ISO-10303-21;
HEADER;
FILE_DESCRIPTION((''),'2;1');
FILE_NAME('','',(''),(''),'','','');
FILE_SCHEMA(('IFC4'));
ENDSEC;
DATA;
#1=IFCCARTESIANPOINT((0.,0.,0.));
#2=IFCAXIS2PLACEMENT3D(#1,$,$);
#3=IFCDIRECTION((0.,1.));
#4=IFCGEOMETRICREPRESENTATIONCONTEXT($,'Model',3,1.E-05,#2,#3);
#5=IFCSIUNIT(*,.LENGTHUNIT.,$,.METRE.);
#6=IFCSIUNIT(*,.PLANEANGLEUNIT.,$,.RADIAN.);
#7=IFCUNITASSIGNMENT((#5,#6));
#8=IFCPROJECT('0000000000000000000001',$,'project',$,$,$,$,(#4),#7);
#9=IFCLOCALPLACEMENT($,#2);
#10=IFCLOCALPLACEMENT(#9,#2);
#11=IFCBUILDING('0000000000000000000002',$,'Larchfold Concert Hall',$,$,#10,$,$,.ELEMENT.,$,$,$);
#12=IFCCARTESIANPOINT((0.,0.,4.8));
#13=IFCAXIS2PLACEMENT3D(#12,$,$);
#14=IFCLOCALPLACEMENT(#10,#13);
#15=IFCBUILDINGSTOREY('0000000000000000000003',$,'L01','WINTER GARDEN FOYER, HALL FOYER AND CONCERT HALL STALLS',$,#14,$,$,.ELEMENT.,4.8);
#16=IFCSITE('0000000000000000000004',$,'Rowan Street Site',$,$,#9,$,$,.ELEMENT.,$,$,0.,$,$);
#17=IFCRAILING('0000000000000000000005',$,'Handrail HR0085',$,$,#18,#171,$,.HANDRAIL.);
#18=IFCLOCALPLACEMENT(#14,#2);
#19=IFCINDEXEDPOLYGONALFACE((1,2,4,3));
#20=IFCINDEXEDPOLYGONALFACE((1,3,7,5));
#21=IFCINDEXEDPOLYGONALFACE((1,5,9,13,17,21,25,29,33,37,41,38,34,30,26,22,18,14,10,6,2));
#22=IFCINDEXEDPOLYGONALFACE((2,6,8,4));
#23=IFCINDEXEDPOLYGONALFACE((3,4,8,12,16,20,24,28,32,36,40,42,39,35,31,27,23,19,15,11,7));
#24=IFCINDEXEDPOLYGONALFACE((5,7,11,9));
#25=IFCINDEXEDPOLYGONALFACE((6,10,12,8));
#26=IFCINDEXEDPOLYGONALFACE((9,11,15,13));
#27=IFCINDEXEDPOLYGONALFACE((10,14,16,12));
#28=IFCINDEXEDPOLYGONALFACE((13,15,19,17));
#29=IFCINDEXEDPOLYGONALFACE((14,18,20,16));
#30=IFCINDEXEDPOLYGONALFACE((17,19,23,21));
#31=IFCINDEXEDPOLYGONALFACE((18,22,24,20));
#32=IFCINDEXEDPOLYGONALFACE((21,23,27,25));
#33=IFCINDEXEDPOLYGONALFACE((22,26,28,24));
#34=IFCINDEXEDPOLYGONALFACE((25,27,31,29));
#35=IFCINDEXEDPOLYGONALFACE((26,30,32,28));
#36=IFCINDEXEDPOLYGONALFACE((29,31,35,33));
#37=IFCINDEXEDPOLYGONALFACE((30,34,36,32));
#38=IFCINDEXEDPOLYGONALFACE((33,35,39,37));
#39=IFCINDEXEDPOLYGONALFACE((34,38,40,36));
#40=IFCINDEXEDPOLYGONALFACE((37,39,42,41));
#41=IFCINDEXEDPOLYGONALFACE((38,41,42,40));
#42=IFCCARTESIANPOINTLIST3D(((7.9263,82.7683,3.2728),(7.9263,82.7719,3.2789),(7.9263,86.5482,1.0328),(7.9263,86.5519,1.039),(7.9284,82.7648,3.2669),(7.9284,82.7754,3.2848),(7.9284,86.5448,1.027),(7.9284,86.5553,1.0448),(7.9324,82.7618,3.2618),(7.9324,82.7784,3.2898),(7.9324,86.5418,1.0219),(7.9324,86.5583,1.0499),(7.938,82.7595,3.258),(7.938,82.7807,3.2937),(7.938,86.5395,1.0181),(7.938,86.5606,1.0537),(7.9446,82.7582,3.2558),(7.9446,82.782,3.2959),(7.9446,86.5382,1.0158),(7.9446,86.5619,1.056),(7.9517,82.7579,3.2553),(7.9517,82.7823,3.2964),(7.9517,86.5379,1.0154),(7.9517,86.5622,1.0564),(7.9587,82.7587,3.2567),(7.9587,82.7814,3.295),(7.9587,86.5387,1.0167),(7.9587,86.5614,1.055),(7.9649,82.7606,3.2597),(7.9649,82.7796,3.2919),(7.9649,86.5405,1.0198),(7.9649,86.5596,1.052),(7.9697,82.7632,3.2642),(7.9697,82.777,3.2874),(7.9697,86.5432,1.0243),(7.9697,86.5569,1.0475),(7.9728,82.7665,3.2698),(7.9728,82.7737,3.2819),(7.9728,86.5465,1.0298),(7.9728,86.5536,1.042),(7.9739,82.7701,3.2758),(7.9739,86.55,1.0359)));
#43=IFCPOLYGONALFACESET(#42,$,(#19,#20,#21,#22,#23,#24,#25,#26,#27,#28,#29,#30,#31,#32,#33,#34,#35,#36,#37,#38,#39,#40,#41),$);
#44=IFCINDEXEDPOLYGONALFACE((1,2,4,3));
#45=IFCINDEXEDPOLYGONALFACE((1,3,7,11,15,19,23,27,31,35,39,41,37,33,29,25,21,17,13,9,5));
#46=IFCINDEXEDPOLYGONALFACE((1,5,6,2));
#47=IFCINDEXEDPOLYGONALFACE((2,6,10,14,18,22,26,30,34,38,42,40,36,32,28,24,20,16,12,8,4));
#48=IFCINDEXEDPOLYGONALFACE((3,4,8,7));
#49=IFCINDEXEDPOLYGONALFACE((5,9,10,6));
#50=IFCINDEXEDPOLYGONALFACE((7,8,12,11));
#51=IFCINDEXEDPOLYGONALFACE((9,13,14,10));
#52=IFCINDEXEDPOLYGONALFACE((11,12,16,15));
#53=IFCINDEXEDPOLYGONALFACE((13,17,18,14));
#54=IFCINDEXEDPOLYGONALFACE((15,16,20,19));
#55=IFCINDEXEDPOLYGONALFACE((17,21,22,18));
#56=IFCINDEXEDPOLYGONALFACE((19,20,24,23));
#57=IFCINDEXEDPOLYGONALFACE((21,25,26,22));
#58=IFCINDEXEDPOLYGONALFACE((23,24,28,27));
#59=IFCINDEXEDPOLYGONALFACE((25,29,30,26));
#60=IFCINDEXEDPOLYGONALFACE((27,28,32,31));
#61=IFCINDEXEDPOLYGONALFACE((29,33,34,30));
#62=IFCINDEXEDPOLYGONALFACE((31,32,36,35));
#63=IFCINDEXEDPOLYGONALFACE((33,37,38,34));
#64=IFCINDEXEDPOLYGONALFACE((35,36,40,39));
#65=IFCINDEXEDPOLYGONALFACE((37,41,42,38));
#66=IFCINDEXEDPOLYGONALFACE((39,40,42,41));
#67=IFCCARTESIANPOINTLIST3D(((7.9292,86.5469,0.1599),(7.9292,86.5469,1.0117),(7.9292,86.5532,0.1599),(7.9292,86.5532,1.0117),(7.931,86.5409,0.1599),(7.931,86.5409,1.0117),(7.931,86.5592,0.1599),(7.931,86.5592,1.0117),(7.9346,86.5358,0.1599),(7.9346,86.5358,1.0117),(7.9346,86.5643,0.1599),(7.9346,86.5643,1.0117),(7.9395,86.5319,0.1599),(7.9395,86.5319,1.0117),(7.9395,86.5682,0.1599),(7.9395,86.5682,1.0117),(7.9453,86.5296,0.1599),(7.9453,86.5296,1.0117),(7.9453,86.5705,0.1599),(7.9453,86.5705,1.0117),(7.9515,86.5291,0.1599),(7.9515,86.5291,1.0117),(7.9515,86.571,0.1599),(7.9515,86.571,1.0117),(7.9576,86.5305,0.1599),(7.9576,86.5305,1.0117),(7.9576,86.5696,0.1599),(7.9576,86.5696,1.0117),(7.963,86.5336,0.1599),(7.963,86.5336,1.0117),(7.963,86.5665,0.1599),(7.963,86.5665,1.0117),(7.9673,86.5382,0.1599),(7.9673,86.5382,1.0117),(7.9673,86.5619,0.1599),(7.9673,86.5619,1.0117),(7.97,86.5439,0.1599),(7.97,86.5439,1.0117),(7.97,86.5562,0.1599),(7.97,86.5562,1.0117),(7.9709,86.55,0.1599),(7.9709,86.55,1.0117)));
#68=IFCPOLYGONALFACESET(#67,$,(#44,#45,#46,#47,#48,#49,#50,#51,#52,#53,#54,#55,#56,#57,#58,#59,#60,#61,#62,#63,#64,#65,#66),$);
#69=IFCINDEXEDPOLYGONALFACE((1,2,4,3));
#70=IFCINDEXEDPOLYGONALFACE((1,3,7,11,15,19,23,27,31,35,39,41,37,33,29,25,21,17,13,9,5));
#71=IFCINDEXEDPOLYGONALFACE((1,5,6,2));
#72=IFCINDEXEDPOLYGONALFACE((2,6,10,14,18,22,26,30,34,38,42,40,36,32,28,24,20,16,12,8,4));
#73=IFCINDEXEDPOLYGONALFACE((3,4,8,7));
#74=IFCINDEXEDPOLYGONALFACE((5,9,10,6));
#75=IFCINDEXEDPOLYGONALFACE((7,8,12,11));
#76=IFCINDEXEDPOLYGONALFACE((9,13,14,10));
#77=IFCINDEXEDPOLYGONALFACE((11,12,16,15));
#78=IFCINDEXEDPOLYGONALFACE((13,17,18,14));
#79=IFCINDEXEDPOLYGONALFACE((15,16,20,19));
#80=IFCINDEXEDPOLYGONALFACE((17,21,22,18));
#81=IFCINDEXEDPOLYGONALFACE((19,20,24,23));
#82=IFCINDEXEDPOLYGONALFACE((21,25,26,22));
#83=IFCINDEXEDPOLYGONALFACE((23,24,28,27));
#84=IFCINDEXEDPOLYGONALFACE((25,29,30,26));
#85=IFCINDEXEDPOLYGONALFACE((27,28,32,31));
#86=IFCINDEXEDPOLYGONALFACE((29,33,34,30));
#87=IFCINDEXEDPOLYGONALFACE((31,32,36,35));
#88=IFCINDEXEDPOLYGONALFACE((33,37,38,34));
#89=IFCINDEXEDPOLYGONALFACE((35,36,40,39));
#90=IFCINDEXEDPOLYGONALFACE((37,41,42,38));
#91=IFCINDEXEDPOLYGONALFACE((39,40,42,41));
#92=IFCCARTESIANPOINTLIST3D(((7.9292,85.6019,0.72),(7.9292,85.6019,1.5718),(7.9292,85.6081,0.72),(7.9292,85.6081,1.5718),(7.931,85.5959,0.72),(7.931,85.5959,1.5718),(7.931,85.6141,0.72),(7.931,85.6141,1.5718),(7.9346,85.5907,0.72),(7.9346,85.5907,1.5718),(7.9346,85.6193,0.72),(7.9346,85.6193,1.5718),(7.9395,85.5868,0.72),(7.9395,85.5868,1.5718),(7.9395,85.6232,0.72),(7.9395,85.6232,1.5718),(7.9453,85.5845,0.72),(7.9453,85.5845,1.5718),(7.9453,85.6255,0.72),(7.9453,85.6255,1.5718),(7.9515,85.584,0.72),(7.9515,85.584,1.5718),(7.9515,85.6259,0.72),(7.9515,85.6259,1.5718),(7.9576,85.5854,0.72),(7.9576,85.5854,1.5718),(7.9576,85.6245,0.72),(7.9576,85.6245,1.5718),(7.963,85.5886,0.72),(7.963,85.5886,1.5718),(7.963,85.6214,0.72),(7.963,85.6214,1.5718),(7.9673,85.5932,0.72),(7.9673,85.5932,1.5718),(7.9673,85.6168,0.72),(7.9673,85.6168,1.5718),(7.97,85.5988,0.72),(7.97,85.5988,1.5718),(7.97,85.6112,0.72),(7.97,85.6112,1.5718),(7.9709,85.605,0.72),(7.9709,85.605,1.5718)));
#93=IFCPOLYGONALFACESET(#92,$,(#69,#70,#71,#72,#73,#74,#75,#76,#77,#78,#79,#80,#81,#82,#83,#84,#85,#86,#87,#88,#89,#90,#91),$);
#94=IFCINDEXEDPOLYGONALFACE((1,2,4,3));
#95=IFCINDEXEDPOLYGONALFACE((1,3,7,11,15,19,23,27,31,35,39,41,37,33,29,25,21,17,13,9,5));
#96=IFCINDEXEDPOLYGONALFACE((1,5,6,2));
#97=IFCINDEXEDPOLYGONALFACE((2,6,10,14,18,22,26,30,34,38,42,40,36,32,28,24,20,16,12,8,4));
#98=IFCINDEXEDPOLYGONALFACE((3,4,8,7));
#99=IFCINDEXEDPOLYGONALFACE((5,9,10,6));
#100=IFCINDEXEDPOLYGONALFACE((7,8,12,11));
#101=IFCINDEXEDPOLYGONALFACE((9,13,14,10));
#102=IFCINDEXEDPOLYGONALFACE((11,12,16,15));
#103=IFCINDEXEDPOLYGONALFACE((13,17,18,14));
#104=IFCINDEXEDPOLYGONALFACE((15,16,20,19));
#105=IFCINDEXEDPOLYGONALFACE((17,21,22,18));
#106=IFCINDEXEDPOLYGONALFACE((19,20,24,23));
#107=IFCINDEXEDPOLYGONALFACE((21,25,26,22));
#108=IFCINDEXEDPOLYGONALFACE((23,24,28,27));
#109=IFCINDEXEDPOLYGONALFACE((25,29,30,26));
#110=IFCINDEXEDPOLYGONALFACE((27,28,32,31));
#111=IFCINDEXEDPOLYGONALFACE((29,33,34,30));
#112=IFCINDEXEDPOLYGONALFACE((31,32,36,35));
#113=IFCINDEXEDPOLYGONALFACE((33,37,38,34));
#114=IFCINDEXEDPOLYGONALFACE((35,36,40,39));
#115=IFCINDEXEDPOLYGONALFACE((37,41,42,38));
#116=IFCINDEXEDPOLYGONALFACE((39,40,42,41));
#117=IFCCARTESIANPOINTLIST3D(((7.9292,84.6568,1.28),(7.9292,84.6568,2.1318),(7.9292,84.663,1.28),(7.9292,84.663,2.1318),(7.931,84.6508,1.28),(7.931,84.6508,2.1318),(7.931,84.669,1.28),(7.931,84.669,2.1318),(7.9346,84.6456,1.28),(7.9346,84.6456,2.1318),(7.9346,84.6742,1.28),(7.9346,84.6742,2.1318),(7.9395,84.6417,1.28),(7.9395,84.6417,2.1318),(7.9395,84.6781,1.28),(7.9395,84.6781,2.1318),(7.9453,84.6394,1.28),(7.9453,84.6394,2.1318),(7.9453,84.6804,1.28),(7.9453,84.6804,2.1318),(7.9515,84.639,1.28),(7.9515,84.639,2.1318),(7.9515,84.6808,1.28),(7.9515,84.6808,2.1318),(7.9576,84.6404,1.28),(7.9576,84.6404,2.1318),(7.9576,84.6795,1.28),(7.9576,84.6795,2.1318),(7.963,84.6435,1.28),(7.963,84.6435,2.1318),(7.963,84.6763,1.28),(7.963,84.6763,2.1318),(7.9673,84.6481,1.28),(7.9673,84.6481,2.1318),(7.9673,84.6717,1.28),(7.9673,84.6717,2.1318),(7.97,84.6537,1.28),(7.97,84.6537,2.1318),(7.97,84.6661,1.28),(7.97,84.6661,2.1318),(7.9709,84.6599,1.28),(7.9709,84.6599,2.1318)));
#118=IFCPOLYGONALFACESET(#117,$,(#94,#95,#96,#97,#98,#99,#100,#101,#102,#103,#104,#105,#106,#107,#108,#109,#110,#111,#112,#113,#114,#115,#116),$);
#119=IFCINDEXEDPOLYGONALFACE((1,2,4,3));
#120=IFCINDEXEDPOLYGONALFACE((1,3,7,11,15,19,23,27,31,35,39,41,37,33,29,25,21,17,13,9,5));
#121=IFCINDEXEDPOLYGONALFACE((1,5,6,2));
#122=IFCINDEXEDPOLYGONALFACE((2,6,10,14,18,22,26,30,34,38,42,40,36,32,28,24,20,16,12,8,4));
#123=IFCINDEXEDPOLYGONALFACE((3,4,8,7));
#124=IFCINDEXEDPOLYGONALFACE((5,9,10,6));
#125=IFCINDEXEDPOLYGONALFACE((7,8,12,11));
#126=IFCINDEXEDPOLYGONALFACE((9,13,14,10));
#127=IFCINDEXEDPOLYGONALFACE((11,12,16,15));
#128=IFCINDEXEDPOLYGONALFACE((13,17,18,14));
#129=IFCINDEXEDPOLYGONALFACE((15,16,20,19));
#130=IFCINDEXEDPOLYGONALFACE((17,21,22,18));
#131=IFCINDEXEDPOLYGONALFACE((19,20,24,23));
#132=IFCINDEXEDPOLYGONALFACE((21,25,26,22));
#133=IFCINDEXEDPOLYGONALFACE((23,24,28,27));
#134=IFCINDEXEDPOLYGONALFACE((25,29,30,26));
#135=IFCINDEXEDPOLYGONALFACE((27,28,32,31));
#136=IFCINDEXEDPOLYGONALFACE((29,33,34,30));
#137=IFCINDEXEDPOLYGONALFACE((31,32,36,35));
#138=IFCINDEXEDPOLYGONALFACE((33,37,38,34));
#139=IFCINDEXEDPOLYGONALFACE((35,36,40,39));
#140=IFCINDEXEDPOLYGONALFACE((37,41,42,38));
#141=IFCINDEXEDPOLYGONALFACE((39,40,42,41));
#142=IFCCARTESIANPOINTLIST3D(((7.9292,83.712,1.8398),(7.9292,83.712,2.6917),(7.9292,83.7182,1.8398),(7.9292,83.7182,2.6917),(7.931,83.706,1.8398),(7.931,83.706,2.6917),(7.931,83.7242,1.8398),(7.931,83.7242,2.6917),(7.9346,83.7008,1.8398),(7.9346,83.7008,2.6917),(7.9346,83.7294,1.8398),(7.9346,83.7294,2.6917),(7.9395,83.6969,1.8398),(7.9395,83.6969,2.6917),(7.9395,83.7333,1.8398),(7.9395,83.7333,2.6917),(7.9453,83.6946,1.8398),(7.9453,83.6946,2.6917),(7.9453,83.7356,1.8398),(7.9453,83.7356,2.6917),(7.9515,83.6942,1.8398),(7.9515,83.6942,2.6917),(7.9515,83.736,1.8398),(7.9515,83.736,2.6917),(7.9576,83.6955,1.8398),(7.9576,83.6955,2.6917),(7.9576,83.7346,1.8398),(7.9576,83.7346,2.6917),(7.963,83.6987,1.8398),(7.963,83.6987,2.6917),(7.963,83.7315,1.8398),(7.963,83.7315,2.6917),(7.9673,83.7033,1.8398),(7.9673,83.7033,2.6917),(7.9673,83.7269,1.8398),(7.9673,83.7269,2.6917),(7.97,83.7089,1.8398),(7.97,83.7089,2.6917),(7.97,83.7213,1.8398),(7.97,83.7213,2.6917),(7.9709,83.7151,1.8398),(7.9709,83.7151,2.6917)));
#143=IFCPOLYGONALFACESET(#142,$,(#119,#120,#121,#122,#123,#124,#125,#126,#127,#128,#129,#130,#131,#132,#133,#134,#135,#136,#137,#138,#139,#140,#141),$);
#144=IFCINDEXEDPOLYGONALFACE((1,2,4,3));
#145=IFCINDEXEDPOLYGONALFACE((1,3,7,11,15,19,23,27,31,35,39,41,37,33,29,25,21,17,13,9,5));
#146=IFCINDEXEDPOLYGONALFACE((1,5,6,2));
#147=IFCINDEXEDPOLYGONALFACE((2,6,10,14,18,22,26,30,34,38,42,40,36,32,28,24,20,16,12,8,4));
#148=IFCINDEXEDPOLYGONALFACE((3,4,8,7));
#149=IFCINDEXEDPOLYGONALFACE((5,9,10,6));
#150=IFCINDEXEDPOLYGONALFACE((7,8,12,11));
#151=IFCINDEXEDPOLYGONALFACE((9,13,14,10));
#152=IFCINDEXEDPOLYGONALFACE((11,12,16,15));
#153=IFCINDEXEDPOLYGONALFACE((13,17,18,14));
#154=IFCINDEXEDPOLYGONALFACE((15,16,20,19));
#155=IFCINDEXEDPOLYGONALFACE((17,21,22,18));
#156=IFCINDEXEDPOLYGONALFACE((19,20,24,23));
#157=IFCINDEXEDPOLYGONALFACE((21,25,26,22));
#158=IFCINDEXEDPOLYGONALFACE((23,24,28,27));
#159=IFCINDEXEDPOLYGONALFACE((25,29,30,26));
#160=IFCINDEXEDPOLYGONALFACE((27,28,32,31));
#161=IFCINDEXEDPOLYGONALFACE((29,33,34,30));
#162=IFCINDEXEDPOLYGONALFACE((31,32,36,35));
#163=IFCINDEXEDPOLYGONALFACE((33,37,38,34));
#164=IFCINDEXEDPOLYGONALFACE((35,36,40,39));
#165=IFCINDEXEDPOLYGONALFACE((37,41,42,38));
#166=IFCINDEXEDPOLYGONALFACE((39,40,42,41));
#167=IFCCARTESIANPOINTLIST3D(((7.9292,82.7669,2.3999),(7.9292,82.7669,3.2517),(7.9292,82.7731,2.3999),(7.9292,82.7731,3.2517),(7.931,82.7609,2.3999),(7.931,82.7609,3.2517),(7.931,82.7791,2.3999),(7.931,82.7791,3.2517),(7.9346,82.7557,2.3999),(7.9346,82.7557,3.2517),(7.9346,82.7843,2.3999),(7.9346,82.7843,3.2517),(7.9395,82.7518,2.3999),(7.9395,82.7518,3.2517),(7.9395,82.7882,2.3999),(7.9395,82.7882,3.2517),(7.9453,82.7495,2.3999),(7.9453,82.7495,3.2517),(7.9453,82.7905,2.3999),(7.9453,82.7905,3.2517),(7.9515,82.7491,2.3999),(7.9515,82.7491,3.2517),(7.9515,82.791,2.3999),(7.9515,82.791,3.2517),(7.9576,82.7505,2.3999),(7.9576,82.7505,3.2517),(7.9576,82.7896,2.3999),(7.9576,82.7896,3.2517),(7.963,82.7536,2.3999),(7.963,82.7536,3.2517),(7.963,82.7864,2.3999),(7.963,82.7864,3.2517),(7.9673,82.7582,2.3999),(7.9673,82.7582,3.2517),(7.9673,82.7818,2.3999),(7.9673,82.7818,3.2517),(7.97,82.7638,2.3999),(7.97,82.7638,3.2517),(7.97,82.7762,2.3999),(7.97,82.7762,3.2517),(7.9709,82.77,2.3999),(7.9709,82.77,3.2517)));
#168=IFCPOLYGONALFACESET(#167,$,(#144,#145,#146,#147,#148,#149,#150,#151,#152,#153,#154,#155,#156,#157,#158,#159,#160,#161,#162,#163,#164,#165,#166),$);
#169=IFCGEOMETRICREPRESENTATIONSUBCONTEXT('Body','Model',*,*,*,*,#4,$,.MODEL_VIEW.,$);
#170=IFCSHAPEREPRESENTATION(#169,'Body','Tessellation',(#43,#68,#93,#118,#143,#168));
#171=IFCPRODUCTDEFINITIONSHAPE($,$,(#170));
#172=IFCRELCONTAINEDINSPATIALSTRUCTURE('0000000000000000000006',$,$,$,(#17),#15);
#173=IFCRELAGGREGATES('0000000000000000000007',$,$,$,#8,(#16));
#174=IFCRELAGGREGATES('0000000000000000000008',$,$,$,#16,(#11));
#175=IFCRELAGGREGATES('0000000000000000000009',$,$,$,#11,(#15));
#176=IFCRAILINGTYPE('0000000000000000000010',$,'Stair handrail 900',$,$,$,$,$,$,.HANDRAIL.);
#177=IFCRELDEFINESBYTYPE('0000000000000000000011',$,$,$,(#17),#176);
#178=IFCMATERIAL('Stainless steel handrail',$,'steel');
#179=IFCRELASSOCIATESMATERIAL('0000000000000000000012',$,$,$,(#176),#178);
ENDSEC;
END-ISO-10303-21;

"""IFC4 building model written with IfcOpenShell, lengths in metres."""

from ifc_helpers import new_model, si_unit, direction, frame, origin, origin_2d, place, context, subcontext, project, spatial, circle, extrude, material, type_object, element, save


model = new_model("IFC4")

# Units and contexts
model_context = context("Model", 3, precision=1e-05, world=origin(), true_north=direction((0.0, 1.0)))
body_context = subcontext(model_context, "Body", "Model", "MODEL_VIEW")
ifc_project = project(units=[si_unit("LENGTHUNIT", "METRE"), si_unit("PLANEANGLEUNIT", "RADIAN")], contexts=[model_context])

# Site, building, storey
site_placement = place(None, origin())
site = spatial("IfcSite", under=ifc_project, at=site_placement, Name="Rowan Street Site", CompositionType="ELEMENT", RefElevation=0.0)
building_placement = place(site_placement, origin())
building = spatial("IfcBuilding", under=site, at=building_placement, Name="Larchfold Concert Hall", CompositionType="ELEMENT")
storey_placement = place(building_placement, frame((0.0, 0.0, 4.8)))
storey = spatial("IfcBuildingStorey", under=building, at=storey_placement, Name="L01", Description="WINTER GARDEN FOYER, HALL FOYER AND CONCERT HALL STALLS", CompositionType="ELEMENT", Elevation=4.8)

# Railing
ifc_material_1 = material(Name="Stainless steel handrail", Category="steel")
railing_type_1 = type_object("IfcRailingType", Name="Stair handrail 900", PredefinedType="HANDRAIL", material=ifc_material_1)
for number, where, name in (
    (1, (7.95, 86.55, 0.1599), "Handrail HR0085"),
):
    element("IfcRailing", number, at=place(storey_placement, frame(where)), inside=storey, type_object=railing_type_1, Name=name, PredefinedType="HANDRAIL", context=body_context, shape_type="SweptSolid", body=[
        extrude(circle(Radius=0.0239, at=origin_2d()), frame((0.0, 0.0, 0.876), z_axis=(0.0, -0.860294, 0.509798), x_axis=(1.0, 0.0, 0.0)), (0.0, 0.0, 1.0), 4.3938),
        extrude(circle(Radius=0.021, at=origin_2d()), origin(), (0.0, 0.0, 1.0), 0.8518),
        extrude(circle(Radius=0.021, at=origin_2d()), frame((0.0, -0.9451, 0.5601)), (0.0, 0.0, 1.0), 0.8518),
        extrude(circle(Radius=0.021, at=origin_2d()), frame((0.0, -1.8901, 1.1201)), (0.0, 0.0, 1.0), 0.8518),
        extrude(circle(Radius=0.021, at=origin_2d()), frame((0.0, -2.835, 1.6799)), (0.0, 0.0, 1.0), 0.8518),
        extrude(circle(Radius=0.021, at=origin_2d()), frame((0.0, -3.78, 2.24)), (0.0, 0.0, 1.0), 0.8518),
    ])

save(model, "model.ifc")
